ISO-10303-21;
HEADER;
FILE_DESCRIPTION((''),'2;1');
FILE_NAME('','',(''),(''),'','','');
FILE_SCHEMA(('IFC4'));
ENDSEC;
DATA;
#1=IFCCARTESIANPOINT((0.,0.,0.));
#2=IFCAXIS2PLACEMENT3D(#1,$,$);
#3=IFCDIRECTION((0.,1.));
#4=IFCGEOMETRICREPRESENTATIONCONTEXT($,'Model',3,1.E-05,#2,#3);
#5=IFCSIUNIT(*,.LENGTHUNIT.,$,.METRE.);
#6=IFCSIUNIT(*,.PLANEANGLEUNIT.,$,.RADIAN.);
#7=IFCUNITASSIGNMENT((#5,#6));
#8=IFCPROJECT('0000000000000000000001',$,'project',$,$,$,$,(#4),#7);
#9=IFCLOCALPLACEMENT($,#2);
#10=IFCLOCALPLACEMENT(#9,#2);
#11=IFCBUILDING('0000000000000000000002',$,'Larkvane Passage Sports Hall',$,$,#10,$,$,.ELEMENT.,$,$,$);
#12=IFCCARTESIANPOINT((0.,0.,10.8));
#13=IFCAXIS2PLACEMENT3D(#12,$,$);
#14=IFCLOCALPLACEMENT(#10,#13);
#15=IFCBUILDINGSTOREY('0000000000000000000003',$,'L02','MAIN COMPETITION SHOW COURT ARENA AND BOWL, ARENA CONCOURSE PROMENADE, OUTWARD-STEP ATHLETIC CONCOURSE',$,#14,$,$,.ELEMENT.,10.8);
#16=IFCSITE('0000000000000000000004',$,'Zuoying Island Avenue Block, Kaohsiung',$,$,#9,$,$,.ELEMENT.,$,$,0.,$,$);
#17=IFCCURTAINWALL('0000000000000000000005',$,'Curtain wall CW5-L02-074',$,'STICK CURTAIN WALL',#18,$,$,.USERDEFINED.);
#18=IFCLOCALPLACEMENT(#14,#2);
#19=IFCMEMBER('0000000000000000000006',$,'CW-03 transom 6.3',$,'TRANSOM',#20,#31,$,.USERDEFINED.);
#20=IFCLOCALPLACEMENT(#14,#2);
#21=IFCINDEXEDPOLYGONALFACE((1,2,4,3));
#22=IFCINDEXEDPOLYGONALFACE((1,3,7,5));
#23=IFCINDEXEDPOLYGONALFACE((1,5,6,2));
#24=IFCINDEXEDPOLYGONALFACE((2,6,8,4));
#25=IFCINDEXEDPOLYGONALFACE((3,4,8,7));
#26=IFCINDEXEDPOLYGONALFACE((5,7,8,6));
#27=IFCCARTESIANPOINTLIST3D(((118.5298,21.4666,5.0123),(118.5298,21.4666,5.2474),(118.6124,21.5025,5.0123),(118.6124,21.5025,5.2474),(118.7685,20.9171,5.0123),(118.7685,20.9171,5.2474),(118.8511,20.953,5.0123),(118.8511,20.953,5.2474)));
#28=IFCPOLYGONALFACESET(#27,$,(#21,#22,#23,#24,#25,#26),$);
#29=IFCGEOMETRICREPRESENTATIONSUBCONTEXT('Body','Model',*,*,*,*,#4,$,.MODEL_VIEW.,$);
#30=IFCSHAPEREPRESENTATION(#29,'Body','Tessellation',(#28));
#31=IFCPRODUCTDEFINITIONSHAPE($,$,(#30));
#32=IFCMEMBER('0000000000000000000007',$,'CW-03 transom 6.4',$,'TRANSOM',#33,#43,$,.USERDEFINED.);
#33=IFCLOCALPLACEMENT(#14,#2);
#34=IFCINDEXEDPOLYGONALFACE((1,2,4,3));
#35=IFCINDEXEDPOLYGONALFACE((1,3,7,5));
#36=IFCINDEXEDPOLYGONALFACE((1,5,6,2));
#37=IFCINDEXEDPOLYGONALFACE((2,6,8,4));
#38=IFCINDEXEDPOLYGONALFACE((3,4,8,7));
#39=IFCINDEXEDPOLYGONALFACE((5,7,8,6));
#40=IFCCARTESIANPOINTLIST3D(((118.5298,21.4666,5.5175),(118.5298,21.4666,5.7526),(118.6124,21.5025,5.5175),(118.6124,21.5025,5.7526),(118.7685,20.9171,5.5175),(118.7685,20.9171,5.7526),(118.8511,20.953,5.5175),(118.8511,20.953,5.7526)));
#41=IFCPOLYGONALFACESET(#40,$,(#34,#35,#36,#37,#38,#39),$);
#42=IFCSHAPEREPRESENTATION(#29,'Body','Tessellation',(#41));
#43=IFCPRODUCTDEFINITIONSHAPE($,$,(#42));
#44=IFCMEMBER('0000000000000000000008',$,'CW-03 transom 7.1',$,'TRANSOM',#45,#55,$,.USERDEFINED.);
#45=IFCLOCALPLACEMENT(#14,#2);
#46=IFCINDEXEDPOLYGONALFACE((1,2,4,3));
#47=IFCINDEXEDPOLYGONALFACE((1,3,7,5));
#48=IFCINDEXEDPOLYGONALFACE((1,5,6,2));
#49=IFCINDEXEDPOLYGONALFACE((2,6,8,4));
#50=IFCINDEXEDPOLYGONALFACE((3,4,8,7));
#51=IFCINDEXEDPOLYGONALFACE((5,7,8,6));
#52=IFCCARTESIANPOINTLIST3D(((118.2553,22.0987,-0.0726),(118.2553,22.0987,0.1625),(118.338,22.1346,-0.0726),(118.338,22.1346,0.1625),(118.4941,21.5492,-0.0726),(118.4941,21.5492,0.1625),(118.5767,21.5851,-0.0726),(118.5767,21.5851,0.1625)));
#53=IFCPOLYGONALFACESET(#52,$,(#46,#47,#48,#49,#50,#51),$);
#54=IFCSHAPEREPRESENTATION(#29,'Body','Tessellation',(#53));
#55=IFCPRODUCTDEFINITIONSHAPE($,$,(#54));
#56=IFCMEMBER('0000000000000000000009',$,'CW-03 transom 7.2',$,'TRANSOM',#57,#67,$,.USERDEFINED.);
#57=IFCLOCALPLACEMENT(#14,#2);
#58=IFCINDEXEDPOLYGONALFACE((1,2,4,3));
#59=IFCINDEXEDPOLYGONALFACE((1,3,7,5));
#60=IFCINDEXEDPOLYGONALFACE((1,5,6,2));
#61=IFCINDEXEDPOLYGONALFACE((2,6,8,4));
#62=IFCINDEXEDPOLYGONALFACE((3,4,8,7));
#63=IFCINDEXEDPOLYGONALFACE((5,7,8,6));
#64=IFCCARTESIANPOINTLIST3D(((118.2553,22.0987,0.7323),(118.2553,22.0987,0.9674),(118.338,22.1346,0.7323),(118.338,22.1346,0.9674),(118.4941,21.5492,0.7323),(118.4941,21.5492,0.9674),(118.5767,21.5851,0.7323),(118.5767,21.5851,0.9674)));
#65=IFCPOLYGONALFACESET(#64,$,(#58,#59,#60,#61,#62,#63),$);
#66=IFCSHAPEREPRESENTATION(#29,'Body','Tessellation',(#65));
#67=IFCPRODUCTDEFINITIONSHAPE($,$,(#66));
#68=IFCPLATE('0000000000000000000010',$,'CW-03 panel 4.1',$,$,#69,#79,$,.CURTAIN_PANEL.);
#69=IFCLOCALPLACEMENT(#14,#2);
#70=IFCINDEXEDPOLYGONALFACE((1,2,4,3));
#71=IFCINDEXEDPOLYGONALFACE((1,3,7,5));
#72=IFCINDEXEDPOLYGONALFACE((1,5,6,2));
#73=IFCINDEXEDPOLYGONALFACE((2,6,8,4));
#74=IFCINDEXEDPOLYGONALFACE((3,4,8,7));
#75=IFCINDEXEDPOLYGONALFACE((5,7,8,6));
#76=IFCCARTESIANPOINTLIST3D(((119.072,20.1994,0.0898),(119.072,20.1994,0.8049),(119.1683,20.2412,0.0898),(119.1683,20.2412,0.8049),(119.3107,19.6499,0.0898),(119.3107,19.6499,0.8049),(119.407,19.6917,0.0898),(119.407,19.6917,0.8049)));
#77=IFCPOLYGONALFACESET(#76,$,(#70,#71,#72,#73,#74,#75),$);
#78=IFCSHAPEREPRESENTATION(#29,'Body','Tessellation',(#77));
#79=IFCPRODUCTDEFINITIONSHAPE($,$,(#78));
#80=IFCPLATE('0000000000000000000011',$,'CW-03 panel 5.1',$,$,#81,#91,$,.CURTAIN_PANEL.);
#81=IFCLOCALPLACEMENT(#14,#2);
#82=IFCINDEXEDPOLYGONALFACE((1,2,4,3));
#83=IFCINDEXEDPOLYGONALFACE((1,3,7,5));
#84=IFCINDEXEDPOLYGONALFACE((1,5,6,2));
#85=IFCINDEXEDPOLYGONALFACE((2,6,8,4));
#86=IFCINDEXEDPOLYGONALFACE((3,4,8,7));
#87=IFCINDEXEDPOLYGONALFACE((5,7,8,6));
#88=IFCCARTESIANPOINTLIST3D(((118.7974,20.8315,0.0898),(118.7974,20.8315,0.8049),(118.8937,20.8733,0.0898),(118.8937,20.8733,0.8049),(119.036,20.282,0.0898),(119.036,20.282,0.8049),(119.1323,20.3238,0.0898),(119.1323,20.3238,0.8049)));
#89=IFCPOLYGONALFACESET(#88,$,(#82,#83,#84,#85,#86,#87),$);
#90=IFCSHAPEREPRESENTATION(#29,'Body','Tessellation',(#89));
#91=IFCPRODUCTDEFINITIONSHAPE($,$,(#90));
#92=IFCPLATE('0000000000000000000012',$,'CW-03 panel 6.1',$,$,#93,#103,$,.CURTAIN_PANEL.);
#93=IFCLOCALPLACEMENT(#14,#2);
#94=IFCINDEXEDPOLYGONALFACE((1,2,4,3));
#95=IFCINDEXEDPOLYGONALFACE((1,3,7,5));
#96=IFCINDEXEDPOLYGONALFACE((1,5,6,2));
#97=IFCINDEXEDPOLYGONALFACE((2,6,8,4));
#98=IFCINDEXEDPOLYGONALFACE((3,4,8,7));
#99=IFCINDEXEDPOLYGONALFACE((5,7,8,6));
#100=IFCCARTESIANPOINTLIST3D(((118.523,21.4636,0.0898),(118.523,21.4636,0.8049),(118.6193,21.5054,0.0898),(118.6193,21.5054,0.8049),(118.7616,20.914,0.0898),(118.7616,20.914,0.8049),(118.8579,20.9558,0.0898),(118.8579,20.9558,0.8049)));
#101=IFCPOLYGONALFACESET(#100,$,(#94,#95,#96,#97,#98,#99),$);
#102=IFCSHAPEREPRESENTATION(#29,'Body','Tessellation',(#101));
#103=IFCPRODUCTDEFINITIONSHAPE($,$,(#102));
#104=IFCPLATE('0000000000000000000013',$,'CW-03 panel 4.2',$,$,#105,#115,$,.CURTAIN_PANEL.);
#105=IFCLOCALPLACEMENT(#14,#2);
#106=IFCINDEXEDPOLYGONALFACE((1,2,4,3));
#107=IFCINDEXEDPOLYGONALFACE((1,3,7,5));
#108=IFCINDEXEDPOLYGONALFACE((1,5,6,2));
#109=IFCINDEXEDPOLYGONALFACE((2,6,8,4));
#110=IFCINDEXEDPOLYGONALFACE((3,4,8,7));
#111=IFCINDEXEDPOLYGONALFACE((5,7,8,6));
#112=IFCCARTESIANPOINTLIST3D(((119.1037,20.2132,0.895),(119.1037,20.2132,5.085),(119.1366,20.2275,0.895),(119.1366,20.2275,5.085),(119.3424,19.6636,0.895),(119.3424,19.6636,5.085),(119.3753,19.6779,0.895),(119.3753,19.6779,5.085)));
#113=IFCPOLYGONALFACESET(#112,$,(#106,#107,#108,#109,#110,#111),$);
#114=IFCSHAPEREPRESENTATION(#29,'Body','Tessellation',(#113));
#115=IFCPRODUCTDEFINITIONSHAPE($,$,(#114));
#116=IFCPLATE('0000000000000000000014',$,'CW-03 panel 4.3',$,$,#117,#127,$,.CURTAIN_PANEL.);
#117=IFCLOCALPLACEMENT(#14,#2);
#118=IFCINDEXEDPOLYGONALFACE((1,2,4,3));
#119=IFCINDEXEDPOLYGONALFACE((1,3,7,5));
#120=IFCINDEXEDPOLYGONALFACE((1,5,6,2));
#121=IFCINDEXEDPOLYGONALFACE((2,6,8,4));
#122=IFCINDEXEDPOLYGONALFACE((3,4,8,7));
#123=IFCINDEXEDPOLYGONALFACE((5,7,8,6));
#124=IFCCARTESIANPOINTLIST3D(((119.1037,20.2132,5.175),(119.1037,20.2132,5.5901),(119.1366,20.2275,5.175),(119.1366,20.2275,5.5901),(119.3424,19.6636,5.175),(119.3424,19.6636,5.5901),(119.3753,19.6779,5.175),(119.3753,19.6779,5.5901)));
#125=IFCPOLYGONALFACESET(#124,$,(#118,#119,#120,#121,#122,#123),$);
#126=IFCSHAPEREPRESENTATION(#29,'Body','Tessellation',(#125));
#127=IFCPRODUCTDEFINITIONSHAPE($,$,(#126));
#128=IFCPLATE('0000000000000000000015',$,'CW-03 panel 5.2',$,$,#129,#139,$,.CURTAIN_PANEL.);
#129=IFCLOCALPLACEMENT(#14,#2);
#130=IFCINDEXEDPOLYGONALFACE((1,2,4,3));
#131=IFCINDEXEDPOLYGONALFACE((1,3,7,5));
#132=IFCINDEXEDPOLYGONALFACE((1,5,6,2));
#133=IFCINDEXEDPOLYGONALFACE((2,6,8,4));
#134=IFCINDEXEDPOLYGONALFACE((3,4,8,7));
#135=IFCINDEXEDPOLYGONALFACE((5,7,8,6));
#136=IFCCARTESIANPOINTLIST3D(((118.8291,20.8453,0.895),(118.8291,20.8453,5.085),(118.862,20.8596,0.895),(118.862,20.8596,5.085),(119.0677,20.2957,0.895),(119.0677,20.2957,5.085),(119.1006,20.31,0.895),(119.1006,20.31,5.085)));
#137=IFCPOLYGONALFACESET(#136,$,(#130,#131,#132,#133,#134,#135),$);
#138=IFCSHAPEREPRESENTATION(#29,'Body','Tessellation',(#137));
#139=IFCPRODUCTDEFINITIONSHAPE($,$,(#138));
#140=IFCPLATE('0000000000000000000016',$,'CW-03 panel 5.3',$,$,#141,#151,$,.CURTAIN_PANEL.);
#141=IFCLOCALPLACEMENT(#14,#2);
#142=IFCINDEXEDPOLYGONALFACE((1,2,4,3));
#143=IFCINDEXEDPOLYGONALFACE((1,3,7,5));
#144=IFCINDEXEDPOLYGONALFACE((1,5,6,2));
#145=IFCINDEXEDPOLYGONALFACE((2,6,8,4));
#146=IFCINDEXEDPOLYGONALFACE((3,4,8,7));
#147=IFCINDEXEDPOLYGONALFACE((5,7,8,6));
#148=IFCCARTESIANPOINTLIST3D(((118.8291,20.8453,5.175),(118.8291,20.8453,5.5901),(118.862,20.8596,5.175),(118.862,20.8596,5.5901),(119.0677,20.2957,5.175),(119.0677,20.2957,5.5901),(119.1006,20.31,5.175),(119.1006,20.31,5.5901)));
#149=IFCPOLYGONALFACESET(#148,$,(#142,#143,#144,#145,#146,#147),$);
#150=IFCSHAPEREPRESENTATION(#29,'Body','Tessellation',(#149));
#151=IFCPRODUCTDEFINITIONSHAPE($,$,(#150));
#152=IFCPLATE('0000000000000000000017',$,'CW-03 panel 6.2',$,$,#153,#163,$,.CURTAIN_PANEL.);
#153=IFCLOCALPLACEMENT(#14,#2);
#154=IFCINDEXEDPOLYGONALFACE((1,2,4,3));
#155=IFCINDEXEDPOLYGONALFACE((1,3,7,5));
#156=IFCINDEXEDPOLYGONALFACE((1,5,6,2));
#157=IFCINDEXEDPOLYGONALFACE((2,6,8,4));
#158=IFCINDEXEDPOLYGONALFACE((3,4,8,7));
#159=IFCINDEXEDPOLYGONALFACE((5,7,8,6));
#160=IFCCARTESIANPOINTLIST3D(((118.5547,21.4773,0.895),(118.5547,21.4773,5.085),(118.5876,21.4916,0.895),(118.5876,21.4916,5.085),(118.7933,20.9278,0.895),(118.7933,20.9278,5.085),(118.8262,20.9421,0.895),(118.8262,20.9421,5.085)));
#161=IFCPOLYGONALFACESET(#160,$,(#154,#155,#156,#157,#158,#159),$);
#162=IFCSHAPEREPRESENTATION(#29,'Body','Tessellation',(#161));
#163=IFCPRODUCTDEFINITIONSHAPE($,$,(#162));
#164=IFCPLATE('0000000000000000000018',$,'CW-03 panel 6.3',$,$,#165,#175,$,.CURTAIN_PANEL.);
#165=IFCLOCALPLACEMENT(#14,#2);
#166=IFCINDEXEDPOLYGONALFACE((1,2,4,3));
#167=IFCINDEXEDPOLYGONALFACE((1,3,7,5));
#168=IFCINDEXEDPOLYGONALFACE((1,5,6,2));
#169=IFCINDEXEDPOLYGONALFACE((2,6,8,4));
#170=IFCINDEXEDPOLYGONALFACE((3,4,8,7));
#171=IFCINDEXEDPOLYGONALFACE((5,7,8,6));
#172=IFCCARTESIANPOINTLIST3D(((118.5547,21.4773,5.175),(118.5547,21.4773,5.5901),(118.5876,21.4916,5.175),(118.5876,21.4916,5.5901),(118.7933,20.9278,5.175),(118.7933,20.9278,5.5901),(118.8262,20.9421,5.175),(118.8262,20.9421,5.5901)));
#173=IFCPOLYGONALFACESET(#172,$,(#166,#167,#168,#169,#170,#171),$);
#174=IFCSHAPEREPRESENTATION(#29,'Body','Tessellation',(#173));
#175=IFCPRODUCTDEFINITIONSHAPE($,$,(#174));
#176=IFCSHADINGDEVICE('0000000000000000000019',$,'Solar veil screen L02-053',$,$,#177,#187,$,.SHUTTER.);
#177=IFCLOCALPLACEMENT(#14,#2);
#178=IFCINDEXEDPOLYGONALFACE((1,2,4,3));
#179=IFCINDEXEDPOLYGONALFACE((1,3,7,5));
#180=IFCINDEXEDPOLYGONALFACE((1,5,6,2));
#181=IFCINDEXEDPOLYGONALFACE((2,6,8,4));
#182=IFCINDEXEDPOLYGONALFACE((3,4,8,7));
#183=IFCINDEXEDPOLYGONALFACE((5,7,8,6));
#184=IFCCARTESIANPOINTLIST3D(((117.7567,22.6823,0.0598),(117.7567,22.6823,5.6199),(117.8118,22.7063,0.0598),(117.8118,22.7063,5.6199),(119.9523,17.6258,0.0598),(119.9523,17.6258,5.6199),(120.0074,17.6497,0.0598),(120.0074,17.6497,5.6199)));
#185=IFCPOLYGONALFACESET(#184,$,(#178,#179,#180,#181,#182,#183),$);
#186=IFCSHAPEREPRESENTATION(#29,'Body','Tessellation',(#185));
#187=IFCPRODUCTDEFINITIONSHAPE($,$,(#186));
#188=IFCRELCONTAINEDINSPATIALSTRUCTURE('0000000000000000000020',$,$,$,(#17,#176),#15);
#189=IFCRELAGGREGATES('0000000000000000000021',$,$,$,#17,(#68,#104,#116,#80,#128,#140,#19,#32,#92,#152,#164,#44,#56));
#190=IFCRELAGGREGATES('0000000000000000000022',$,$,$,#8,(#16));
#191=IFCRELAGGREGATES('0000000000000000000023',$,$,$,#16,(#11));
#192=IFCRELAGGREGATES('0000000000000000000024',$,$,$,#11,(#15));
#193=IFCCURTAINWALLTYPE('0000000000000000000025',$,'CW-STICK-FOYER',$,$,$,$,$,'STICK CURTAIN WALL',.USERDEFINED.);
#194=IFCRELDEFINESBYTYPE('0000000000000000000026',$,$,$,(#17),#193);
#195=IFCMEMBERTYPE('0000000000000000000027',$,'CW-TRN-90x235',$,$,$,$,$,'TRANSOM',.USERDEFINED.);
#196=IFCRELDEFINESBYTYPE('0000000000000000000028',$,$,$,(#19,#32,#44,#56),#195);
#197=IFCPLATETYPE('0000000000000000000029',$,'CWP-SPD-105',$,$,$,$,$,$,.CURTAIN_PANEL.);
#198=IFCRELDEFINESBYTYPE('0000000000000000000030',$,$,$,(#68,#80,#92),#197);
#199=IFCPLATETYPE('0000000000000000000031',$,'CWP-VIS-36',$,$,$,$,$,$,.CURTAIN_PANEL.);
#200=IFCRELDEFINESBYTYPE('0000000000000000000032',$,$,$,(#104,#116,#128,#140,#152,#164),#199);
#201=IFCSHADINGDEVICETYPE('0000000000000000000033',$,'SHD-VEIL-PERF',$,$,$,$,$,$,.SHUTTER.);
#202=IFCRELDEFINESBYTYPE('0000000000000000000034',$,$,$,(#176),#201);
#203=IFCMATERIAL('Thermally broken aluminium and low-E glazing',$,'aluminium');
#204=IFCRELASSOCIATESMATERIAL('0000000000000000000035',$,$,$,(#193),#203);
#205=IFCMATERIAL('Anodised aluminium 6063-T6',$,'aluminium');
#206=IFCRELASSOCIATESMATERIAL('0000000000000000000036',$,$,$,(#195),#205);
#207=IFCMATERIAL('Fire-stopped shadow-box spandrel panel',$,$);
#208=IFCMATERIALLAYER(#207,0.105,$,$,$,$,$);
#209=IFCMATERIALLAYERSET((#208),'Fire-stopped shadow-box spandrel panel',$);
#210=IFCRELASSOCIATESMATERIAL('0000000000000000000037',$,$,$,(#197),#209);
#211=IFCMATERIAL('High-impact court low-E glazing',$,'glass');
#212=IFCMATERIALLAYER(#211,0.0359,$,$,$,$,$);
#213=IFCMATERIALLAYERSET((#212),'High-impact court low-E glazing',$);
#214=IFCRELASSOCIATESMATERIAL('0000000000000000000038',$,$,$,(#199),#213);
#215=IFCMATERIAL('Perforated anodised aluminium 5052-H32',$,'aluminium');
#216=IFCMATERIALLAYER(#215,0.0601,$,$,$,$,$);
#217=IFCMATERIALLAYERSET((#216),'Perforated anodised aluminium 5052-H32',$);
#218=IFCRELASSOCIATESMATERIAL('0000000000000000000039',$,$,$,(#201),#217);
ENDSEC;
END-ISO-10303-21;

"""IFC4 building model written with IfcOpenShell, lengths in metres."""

from ifc_helpers import new_model, si_unit, direction, frame, origin, origin_2d, place, context, subcontext, project, spatial, rectangle, extrude, material, layer, layer_set, material_profile, profile_set, type_object, element, aggregate, save


model = new_model("IFC4")

# Units and contexts
model_context = context("Model", 3, precision=1e-05, world=origin(), true_north=direction((0.0, 1.0)))
body_context = subcontext(model_context, "Body", "Model", "MODEL_VIEW")
ifc_project = project(units=[si_unit("LENGTHUNIT", "METRE"), si_unit("PLANEANGLEUNIT", "RADIAN")], contexts=[model_context])

# Site, building, storey
site_placement = place(None, origin())
site = spatial("IfcSite", under=ifc_project, at=site_placement, Name="Zuoying Island Avenue Block, Kaohsiung", CompositionType="ELEMENT", RefElevation=0.0)
building_placement = place(site_placement, origin())
building = spatial("IfcBuilding", under=site, at=building_placement, Name="Larkvane Passage Sports Hall", CompositionType="ELEMENT")
storey_placement = place(building_placement, frame((0.0, 0.0, 10.8)))
storey = spatial("IfcBuildingStorey", under=building, at=storey_placement, Name="L02", Description="MAIN COMPETITION SHOW COURT ARENA AND BOWL, ARENA CONCOURSE PROMENADE, OUTWARD-STEP ATHLETIC CONCOURSE", CompositionType="ELEMENT", Elevation=10.8)

# Curtain wall, members, plates
ifc_material_1 = material(Name="Thermally broken aluminium and low-E glazing", Category="aluminium")
curtain_wall_type = type_object("IfcCurtainWallType", Name="CW-STICK-FOYER", ElementType="STICK CURTAIN WALL", PredefinedType="USERDEFINED", material=ifc_material_1)
curtain_wall_placement = place(storey_placement, origin())
curtain_wall = element("IfcCurtainWall", 1, at=curtain_wall_placement, inside=storey, type_object=curtain_wall_type, Name="Curtain wall CW5-L02-074", ObjectType="STICK CURTAIN WALL", PredefinedType="USERDEFINED")
ifc_material_2 = material(Name="Anodised aluminium 6063-T6", Category="aluminium")
ifc_material_profile_1 = material_profile(ifc_material_2, rectangle(XDim=0.0901, YDim=0.2351, at=origin_2d()), Name="ALU-TRN-90x235")
ifc_profile_set_1 = profile_set([ifc_material_profile_1], Name="Anodised aluminium 6063-T6")
member_type_1 = type_object("IfcMemberType", Name="CW-TRN-90x235", ElementType="TRANSOM", PredefinedType="USERDEFINED", material=ifc_profile_set_1)
member_1_placement = place(storey_placement, frame((118.8098, 20.9351, 5.1299), z_axis=(-0.398488, 0.917174, 0.0), x_axis=(-0.917174, -0.398488, 0.0)))
member_1 = element("IfcMember", 2, at=member_1_placement, type_object=member_type_1, Name="CW-03 transom 6.3", ObjectType="TRANSOM", PredefinedType="USERDEFINED", context=body_context, shape_type="SweptSolid", body=[
    extrude(rectangle(XDim=0.0901, YDim=0.2351, at=origin_2d()), origin(), (0.0, 0.0, 1.0), 0.5991),
])
member_2_placement = place(storey_placement, frame((118.8098, 20.9351, 5.635), z_axis=(-0.398488, 0.917174, 0.0), x_axis=(-0.917174, -0.398488, 0.0)))
member_2 = element("IfcMember", 3, at=member_2_placement, type_object=member_type_1, Name="CW-03 transom 6.4", ObjectType="TRANSOM", PredefinedType="USERDEFINED", context=body_context, shape_type="SweptSolid", body=[
    extrude(rectangle(XDim=0.0901, YDim=0.2351, at=origin_2d()), origin(), (0.0, 0.0, 1.0), 0.5991),
])
member_3_placement = place(storey_placement, frame((118.5354, 21.5671, 0.0449), z_axis=(-0.398488, 0.917174, 0.0), x_axis=(-0.917174, -0.398488, 0.0)))
member_3 = element("IfcMember", 4, at=member_3_placement, type_object=member_type_1, Name="CW-03 transom 7.1", ObjectType="TRANSOM", PredefinedType="USERDEFINED", context=body_context, shape_type="SweptSolid", body=[
    extrude(rectangle(XDim=0.0901, YDim=0.2351, at=origin_2d()), origin(), (0.0, 0.0, 1.0), 0.5991),
])
member_4_placement = place(storey_placement, frame((118.5354, 21.5671, 0.8499), z_axis=(-0.398488, 0.917174, 0.0), x_axis=(-0.917174, -0.398488, 0.0)))
member_4 = element("IfcMember", 5, at=member_4_placement, type_object=member_type_1, Name="CW-03 transom 7.2", ObjectType="TRANSOM", PredefinedType="USERDEFINED", context=body_context, shape_type="SweptSolid", body=[
    extrude(rectangle(XDim=0.0901, YDim=0.2351, at=origin_2d()), origin(), (0.0, 0.0, 1.0), 0.5991),
])
ifc_material_3 = material(Name="Fire-stopped shadow-box spandrel panel")
ifc_layer_1 = layer(ifc_material_3, 0.105)
ifc_layer_set_1 = layer_set([ifc_layer_1], Name="Fire-stopped shadow-box spandrel panel")
plate_type_1 = type_object("IfcPlateType", Name="CWP-SPD-105", PredefinedType="CURTAIN_PANEL", material=ifc_layer_set_1)
plate_1_placement = place(storey_placement, frame((119.2395, 19.9456, 0.0898), z_axis=(0.0, 0.0, 1.0), x_axis=(-0.398289, 0.91726, 0.0)))
plate_1 = element("IfcPlate", 6, at=plate_1_placement, type_object=plate_type_1, Name="CW-03 panel 4.1", PredefinedType="CURTAIN_PANEL", context=body_context, shape_type="SweptSolid", body=[
    extrude(rectangle(XDim=0.5991, YDim=0.105, at=origin_2d()), origin(), (0.0, 0.0, 1.0), 0.7151),
])
plate_2_placement = place(storey_placement, frame((118.9648, 20.5776, 0.0898), z_axis=(0.0, 0.0, 1.0), x_axis=(-0.398289, 0.91726, 0.0)))
plate_2 = element("IfcPlate", 7, at=plate_2_placement, type_object=plate_type_1, Name="CW-03 panel 5.1", PredefinedType="CURTAIN_PANEL", context=body_context, shape_type="SweptSolid", body=[
    extrude(rectangle(XDim=0.5991, YDim=0.105, at=origin_2d()), origin(), (0.0, 0.0, 1.0), 0.7151),
])
plate_3_placement = place(storey_placement, frame((118.6904, 21.2097, 0.0898), z_axis=(0.0, 0.0, 1.0), x_axis=(-0.398289, 0.91726, 0.0)))
plate_3 = element("IfcPlate", 8, at=plate_3_placement, type_object=plate_type_1, Name="CW-03 panel 6.1", PredefinedType="CURTAIN_PANEL", context=body_context, shape_type="SweptSolid", body=[
    extrude(rectangle(XDim=0.5991, YDim=0.105, at=origin_2d()), origin(), (0.0, 0.0, 1.0), 0.7151),
])
ifc_material_4 = material(Name="High-impact court low-E glazing", Category="glass")
ifc_layer_2 = layer(ifc_material_4, 0.0359)
ifc_layer_set_2 = layer_set([ifc_layer_2], Name="High-impact court low-E glazing")
plate_type_2 = type_object("IfcPlateType", Name="CWP-VIS-36", PredefinedType="CURTAIN_PANEL", material=ifc_layer_set_2)
plate_4_placement = place(storey_placement, frame((119.2395, 19.9456, 0.895), z_axis=(0.0, 0.0, 1.0), x_axis=(-0.398289, 0.91726, 0.0)))
plate_4 = element("IfcPlate", 9, at=plate_4_placement, type_object=plate_type_2, Name="CW-03 panel 4.2", PredefinedType="CURTAIN_PANEL", context=body_context, shape_type="SweptSolid", body=[
    extrude(rectangle(XDim=0.5991, YDim=0.0359, at=origin_2d()), origin(), (0.0, 0.0, 1.0), 4.1899),
])
plate_5_placement = place(storey_placement, frame((119.2395, 19.9456, 5.175), z_axis=(0.0, 0.0, 1.0), x_axis=(-0.398289, 0.91726, 0.0)))
plate_5 = element("IfcPlate", 10, at=plate_5_placement, type_object=plate_type_2, Name="CW-03 panel 4.3", PredefinedType="CURTAIN_PANEL", context=body_context, shape_type="SweptSolid", body=[
    extrude(rectangle(XDim=0.5991, YDim=0.0359, at=origin_2d()), origin(), (0.0, 0.0, 1.0), 0.415),
])
plate_6_placement = place(storey_placement, frame((118.9648, 20.5776, 0.895), z_axis=(0.0, 0.0, 1.0), x_axis=(-0.398289, 0.91726, 0.0)))
plate_6 = element("IfcPlate", 11, at=plate_6_placement, type_object=plate_type_2, Name="CW-03 panel 5.2", PredefinedType="CURTAIN_PANEL", context=body_context, shape_type="SweptSolid", body=[
    extrude(rectangle(XDim=0.5991, YDim=0.0359, at=origin_2d()), origin(), (0.0, 0.0, 1.0), 4.1899),
])
plate_7_placement = place(storey_placement, frame((118.9648, 20.5776, 5.175), z_axis=(0.0, 0.0, 1.0), x_axis=(-0.398289, 0.91726, 0.0)))
plate_7 = element("IfcPlate", 12, at=plate_7_placement, type_object=plate_type_2, Name="CW-03 panel 5.3", PredefinedType="CURTAIN_PANEL", context=body_context, shape_type="SweptSolid", body=[
    extrude(rectangle(XDim=0.5991, YDim=0.0359, at=origin_2d()), origin(), (0.0, 0.0, 1.0), 0.415),
])
plate_8_placement = place(storey_placement, frame((118.6904, 21.2097, 0.895), z_axis=(0.0, 0.0, 1.0), x_axis=(-0.398289, 0.91726, 0.0)))
plate_8 = element("IfcPlate", 13, at=plate_8_placement, type_object=plate_type_2, Name="CW-03 panel 6.2", PredefinedType="CURTAIN_PANEL", context=body_context, shape_type="SweptSolid", body=[
    extrude(rectangle(XDim=0.5991, YDim=0.0359, at=origin_2d()), origin(), (0.0, 0.0, 1.0), 4.1899),
])
plate_9_placement = place(storey_placement, frame((118.6904, 21.2097, 5.175), z_axis=(0.0, 0.0, 1.0), x_axis=(-0.398289, 0.91726, 0.0)))
plate_9 = element("IfcPlate", 14, at=plate_9_placement, type_object=plate_type_2, Name="CW-03 panel 6.3", PredefinedType="CURTAIN_PANEL", context=body_context, shape_type="SweptSolid", body=[
    extrude(rectangle(XDim=0.5991, YDim=0.0359, at=origin_2d()), origin(), (0.0, 0.0, 1.0), 0.415),
])
aggregate(curtain_wall, [plate_1, plate_4, plate_5, plate_2, plate_6, plate_7, member_1, member_2, plate_3, plate_8, plate_9, member_3, member_4])

# Shading device
ifc_material_5 = material(Name="Perforated anodised aluminium 5052-H32", Category="aluminium")
ifc_layer_3 = layer(ifc_material_5, 0.0601)
ifc_layer_set_3 = layer_set([ifc_layer_3], Name="Perforated anodised aluminium 5052-H32")
shading_device_type = type_object("IfcShadingDeviceType", Name="SHD-VEIL-PERF", PredefinedType="SHUTTER", material=ifc_layer_set_3)
shading_device_placement = place(storey_placement, frame((118.8821, 20.166, 0.0598), z_axis=(0.0, 0.0, 1.0), x_axis=(-0.398285, 0.917262, 0.0)))
element("IfcShadingDevice", 15, at=shading_device_placement, inside=storey, type_object=shading_device_type, Name="Solar veil screen L02-053", PredefinedType="SHUTTER", context=body_context, shape_type="SweptSolid", body=[
    extrude(rectangle(XDim=5.5127, YDim=0.0601, at=origin_2d()), origin(), (0.0, 0.0, 1.0), 5.5601),
])

save(model, "model.ifc")
